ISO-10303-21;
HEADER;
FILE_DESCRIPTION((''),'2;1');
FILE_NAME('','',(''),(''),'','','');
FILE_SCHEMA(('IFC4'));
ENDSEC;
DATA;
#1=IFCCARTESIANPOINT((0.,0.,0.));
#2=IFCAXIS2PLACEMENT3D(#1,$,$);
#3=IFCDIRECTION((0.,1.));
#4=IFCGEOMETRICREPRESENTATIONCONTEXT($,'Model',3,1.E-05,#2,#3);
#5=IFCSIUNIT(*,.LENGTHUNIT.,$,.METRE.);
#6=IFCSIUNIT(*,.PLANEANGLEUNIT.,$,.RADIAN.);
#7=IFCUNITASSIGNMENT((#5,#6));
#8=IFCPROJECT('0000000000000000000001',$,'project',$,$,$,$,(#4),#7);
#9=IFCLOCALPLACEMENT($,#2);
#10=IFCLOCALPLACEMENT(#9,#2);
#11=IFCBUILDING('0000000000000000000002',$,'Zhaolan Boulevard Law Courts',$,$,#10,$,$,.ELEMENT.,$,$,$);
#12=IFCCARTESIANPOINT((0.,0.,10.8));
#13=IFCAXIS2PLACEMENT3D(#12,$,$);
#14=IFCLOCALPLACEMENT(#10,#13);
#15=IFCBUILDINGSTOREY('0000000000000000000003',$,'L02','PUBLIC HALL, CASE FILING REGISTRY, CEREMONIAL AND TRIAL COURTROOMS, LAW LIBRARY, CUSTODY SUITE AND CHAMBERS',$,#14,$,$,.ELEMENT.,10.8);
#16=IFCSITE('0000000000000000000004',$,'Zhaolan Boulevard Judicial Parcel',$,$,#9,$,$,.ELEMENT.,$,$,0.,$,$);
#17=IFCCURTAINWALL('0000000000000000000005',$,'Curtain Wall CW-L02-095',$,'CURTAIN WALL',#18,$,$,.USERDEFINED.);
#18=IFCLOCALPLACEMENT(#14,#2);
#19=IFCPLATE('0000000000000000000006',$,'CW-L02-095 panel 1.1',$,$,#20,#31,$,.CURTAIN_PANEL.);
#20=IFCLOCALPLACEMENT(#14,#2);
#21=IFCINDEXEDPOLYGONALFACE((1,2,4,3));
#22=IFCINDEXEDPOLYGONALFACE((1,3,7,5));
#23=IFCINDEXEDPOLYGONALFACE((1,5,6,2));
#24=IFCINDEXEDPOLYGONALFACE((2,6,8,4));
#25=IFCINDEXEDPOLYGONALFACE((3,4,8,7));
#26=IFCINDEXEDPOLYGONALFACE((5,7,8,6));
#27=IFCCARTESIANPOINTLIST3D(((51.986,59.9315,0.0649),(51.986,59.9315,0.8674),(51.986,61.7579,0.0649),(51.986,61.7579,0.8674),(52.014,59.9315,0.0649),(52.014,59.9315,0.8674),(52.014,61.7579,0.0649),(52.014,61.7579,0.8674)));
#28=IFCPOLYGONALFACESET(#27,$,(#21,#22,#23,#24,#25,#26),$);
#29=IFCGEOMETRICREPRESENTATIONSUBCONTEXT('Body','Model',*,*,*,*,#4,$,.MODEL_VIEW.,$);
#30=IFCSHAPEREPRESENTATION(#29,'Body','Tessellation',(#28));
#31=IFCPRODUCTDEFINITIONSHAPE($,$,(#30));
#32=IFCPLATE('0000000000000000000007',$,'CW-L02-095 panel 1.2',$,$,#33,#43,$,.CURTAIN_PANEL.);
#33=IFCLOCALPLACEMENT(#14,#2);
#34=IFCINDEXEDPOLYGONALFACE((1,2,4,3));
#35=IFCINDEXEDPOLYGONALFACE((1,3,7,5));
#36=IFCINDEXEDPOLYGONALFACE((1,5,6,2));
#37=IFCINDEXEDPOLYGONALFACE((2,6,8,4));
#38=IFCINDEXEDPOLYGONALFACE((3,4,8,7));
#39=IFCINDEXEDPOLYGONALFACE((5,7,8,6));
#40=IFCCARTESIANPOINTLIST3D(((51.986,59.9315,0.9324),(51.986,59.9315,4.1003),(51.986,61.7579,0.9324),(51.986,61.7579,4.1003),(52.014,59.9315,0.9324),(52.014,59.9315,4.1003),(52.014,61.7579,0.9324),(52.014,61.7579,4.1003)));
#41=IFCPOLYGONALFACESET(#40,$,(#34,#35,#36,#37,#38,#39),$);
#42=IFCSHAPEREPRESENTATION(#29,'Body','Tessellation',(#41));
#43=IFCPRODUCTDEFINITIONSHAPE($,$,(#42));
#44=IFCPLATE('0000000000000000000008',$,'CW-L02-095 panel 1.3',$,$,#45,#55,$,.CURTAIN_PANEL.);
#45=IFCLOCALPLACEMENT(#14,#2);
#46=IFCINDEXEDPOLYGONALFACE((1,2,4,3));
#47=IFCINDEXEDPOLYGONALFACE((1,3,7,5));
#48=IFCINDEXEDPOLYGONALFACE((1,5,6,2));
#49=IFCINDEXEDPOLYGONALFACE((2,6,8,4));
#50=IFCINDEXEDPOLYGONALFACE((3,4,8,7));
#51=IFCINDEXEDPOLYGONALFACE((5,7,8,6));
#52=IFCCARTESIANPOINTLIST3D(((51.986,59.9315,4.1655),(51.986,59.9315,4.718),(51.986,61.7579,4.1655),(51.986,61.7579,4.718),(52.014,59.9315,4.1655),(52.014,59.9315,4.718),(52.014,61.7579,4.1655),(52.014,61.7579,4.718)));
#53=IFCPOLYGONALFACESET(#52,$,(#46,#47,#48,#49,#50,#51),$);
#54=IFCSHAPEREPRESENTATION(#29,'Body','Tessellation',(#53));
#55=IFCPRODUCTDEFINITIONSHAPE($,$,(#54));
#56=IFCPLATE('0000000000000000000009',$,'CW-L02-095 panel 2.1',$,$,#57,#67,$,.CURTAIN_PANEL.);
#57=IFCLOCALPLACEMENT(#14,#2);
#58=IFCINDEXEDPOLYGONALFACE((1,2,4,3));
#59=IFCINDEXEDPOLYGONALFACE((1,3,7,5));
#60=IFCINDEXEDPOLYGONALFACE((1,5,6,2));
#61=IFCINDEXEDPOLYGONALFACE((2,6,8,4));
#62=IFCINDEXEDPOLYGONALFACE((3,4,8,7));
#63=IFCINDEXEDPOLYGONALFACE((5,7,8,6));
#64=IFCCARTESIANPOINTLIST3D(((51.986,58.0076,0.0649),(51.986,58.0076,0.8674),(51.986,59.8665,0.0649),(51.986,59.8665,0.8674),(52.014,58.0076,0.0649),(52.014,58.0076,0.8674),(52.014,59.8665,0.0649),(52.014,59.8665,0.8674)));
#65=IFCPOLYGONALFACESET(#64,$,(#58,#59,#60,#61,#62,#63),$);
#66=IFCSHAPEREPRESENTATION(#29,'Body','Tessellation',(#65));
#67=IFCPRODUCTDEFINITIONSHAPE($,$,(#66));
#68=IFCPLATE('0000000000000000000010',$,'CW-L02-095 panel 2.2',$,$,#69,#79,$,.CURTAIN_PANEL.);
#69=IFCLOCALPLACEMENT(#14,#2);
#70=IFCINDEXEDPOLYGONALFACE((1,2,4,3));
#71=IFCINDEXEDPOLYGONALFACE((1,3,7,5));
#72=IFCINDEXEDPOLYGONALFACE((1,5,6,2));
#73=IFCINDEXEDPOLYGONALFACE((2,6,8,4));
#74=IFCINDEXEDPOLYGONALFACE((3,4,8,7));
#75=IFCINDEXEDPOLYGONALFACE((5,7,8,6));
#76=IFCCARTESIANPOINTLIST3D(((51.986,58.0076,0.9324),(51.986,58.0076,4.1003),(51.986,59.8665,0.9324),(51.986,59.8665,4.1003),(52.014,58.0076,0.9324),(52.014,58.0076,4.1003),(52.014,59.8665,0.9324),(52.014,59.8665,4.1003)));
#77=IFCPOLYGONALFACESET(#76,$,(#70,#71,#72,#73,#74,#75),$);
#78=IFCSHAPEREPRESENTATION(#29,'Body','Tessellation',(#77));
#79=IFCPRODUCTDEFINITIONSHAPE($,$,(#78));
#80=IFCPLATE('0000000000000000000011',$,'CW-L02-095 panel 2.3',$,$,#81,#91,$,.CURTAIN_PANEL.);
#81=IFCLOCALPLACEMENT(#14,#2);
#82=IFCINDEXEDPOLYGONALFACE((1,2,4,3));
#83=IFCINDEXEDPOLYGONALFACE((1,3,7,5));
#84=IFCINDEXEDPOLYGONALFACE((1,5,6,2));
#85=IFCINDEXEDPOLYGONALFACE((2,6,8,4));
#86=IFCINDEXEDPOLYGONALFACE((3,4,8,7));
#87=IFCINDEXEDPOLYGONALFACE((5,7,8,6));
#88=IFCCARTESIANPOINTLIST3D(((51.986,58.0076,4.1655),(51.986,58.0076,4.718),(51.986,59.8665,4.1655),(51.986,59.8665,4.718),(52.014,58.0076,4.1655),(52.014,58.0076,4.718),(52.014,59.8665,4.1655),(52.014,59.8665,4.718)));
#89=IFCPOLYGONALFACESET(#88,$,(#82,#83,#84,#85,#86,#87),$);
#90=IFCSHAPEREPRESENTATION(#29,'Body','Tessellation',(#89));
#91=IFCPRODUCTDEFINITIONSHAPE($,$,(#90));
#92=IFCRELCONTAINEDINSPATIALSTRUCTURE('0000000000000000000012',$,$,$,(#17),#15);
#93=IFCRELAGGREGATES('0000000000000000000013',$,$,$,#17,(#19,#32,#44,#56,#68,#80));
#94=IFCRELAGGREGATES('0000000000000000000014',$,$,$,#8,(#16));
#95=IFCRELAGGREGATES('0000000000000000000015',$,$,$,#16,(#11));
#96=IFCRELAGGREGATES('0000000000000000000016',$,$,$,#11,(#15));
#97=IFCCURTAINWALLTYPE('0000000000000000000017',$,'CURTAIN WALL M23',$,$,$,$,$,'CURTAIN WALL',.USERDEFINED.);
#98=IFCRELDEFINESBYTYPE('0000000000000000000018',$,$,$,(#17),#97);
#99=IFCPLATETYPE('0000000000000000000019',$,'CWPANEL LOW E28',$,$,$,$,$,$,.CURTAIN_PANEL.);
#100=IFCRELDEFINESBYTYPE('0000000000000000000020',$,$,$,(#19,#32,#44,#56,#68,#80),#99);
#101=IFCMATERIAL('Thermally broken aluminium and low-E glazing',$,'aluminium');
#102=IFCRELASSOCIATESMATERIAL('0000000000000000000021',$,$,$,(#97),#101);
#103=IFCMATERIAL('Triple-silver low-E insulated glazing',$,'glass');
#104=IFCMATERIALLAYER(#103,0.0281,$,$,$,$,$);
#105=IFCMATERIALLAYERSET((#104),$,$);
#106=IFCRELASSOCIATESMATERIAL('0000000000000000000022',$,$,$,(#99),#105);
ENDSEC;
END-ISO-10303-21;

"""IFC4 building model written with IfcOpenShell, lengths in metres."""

from ifc_helpers import new_model, si_unit, direction, frame, origin, origin_2d, place, context, subcontext, project, spatial, rectangle, extrude, material, layer, layer_set, type_object, element, aggregate, save


model = new_model("IFC4")

# Units and contexts
model_context = context("Model", 3, precision=1e-05, world=origin(), true_north=direction((0.0, 1.0)))
body_context = subcontext(model_context, "Body", "Model", "MODEL_VIEW")
ifc_project = project(units=[si_unit("LENGTHUNIT", "METRE"), si_unit("PLANEANGLEUNIT", "RADIAN")], contexts=[model_context])

# Site, building, storey
site_placement = place(None, origin())
site = spatial("IfcSite", under=ifc_project, at=site_placement, Name="Zhaolan Boulevard Judicial Parcel", CompositionType="ELEMENT", RefElevation=0.0)
building_placement = place(site_placement, origin())
building = spatial("IfcBuilding", under=site, at=building_placement, Name="Zhaolan Boulevard Law Courts", CompositionType="ELEMENT")
storey_placement = place(building_placement, frame((0.0, 0.0, 10.8)))
storey = spatial("IfcBuildingStorey", under=building, at=storey_placement, Name="L02", Description="PUBLIC HALL, CASE FILING REGISTRY, CEREMONIAL AND TRIAL COURTROOMS, LAW LIBRARY, CUSTODY SUITE AND CHAMBERS", CompositionType="ELEMENT", Elevation=10.8)

# Curtain wall
ifc_material_1 = material(Name="Thermally broken aluminium and low-E glazing", Category="aluminium")
curtain_wall_type = type_object("IfcCurtainWallType", Name="CURTAIN WALL M23", ElementType="CURTAIN WALL", PredefinedType="USERDEFINED", material=ifc_material_1)
curtain_wall_placement = place(storey_placement, origin())
curtain_wall = element("IfcCurtainWall", 1, at=curtain_wall_placement, inside=storey, type_object=curtain_wall_type, Name="Curtain Wall CW-L02-095", ObjectType="CURTAIN WALL", PredefinedType="USERDEFINED")

# Plates
ifc_material_2 = material(Name="Triple-silver low-E insulated glazing", Category="glass")
ifc_layer = layer(ifc_material_2, 0.0281)
ifc_layer_set = layer_set([ifc_layer])
plate_type = type_object("IfcPlateType", Name="CWPANEL LOW E28", PredefinedType="CURTAIN_PANEL", material=ifc_layer_set)
plate_1_placement = place(storey_placement, frame((52.0, 60.8447, 0.0649), z_axis=(0.0, 0.0, 1.0), x_axis=(0.0, -1.0, 0.0)))
plate_1 = element("IfcPlate", 2, at=plate_1_placement, type_object=plate_type, Name="CW-L02-095 panel 1.1", PredefinedType="CURTAIN_PANEL", context=body_context, shape_type="SweptSolid", body=[
    extrude(rectangle(XDim=1.8264, YDim=0.0281, at=origin_2d()), origin(), (0.0, 0.0, 1.0), 0.8025),
])
plate_2_placement = place(storey_placement, frame((52.0, 60.8447, 0.9324), z_axis=(0.0, 0.0, 1.0), x_axis=(0.0, -1.0, 0.0)))
plate_2 = element("IfcPlate", 3, at=plate_2_placement, type_object=plate_type, Name="CW-L02-095 panel 1.2", PredefinedType="CURTAIN_PANEL", context=body_context, shape_type="SweptSolid", body=[
    extrude(rectangle(XDim=1.8264, YDim=0.0281, at=origin_2d()), origin(), (0.0, 0.0, 1.0), 3.168),
])
plate_3_placement = place(storey_placement, frame((52.0, 60.8447, 4.1655), z_axis=(0.0, 0.0, 1.0), x_axis=(0.0, -1.0, 0.0)))
plate_3 = element("IfcPlate", 4, at=plate_3_placement, type_object=plate_type, Name="CW-L02-095 panel 1.3", PredefinedType="CURTAIN_PANEL", context=body_context, shape_type="SweptSolid", body=[
    extrude(rectangle(XDim=1.8264, YDim=0.0281, at=origin_2d()), origin(), (0.0, 0.0, 1.0), 0.5525),
])
plate_4_placement = place(storey_placement, frame((52.0, 58.937, 0.0649), z_axis=(0.0, 0.0, 1.0), x_axis=(0.0, -1.0, 0.0)))
plate_4 = element("IfcPlate", 5, at=plate_4_placement, type_object=plate_type, Name="CW-L02-095 panel 2.1", PredefinedType="CURTAIN_PANEL", context=body_context, shape_type="SweptSolid", body=[
    extrude(rectangle(XDim=1.8589, YDim=0.0281, at=origin_2d()), origin(), (0.0, 0.0, 1.0), 0.8025),
])
plate_5_placement = place(storey_placement, frame((52.0, 58.937, 0.9324), z_axis=(0.0, 0.0, 1.0), x_axis=(0.0, -1.0, 0.0)))
plate_5 = element("IfcPlate", 6, at=plate_5_placement, type_object=plate_type, Name="CW-L02-095 panel 2.2", PredefinedType="CURTAIN_PANEL", context=body_context, shape_type="SweptSolid", body=[
    extrude(rectangle(XDim=1.8589, YDim=0.0281, at=origin_2d()), origin(), (0.0, 0.0, 1.0), 3.168),
])
plate_6_placement = place(storey_placement, frame((52.0, 58.937, 4.1655), z_axis=(0.0, 0.0, 1.0), x_axis=(0.0, -1.0, 0.0)))
plate_6 = element("IfcPlate", 7, at=plate_6_placement, type_object=plate_type, Name="CW-L02-095 panel 2.3", PredefinedType="CURTAIN_PANEL", context=body_context, shape_type="SweptSolid", body=[
    extrude(rectangle(XDim=1.8589, YDim=0.0281, at=origin_2d()), origin(), (0.0, 0.0, 1.0), 0.5525),
])
aggregate(curtain_wall, [plate_1, plate_2, plate_3, plate_4, plate_5, plate_6])

save(model, "model.ifc")
